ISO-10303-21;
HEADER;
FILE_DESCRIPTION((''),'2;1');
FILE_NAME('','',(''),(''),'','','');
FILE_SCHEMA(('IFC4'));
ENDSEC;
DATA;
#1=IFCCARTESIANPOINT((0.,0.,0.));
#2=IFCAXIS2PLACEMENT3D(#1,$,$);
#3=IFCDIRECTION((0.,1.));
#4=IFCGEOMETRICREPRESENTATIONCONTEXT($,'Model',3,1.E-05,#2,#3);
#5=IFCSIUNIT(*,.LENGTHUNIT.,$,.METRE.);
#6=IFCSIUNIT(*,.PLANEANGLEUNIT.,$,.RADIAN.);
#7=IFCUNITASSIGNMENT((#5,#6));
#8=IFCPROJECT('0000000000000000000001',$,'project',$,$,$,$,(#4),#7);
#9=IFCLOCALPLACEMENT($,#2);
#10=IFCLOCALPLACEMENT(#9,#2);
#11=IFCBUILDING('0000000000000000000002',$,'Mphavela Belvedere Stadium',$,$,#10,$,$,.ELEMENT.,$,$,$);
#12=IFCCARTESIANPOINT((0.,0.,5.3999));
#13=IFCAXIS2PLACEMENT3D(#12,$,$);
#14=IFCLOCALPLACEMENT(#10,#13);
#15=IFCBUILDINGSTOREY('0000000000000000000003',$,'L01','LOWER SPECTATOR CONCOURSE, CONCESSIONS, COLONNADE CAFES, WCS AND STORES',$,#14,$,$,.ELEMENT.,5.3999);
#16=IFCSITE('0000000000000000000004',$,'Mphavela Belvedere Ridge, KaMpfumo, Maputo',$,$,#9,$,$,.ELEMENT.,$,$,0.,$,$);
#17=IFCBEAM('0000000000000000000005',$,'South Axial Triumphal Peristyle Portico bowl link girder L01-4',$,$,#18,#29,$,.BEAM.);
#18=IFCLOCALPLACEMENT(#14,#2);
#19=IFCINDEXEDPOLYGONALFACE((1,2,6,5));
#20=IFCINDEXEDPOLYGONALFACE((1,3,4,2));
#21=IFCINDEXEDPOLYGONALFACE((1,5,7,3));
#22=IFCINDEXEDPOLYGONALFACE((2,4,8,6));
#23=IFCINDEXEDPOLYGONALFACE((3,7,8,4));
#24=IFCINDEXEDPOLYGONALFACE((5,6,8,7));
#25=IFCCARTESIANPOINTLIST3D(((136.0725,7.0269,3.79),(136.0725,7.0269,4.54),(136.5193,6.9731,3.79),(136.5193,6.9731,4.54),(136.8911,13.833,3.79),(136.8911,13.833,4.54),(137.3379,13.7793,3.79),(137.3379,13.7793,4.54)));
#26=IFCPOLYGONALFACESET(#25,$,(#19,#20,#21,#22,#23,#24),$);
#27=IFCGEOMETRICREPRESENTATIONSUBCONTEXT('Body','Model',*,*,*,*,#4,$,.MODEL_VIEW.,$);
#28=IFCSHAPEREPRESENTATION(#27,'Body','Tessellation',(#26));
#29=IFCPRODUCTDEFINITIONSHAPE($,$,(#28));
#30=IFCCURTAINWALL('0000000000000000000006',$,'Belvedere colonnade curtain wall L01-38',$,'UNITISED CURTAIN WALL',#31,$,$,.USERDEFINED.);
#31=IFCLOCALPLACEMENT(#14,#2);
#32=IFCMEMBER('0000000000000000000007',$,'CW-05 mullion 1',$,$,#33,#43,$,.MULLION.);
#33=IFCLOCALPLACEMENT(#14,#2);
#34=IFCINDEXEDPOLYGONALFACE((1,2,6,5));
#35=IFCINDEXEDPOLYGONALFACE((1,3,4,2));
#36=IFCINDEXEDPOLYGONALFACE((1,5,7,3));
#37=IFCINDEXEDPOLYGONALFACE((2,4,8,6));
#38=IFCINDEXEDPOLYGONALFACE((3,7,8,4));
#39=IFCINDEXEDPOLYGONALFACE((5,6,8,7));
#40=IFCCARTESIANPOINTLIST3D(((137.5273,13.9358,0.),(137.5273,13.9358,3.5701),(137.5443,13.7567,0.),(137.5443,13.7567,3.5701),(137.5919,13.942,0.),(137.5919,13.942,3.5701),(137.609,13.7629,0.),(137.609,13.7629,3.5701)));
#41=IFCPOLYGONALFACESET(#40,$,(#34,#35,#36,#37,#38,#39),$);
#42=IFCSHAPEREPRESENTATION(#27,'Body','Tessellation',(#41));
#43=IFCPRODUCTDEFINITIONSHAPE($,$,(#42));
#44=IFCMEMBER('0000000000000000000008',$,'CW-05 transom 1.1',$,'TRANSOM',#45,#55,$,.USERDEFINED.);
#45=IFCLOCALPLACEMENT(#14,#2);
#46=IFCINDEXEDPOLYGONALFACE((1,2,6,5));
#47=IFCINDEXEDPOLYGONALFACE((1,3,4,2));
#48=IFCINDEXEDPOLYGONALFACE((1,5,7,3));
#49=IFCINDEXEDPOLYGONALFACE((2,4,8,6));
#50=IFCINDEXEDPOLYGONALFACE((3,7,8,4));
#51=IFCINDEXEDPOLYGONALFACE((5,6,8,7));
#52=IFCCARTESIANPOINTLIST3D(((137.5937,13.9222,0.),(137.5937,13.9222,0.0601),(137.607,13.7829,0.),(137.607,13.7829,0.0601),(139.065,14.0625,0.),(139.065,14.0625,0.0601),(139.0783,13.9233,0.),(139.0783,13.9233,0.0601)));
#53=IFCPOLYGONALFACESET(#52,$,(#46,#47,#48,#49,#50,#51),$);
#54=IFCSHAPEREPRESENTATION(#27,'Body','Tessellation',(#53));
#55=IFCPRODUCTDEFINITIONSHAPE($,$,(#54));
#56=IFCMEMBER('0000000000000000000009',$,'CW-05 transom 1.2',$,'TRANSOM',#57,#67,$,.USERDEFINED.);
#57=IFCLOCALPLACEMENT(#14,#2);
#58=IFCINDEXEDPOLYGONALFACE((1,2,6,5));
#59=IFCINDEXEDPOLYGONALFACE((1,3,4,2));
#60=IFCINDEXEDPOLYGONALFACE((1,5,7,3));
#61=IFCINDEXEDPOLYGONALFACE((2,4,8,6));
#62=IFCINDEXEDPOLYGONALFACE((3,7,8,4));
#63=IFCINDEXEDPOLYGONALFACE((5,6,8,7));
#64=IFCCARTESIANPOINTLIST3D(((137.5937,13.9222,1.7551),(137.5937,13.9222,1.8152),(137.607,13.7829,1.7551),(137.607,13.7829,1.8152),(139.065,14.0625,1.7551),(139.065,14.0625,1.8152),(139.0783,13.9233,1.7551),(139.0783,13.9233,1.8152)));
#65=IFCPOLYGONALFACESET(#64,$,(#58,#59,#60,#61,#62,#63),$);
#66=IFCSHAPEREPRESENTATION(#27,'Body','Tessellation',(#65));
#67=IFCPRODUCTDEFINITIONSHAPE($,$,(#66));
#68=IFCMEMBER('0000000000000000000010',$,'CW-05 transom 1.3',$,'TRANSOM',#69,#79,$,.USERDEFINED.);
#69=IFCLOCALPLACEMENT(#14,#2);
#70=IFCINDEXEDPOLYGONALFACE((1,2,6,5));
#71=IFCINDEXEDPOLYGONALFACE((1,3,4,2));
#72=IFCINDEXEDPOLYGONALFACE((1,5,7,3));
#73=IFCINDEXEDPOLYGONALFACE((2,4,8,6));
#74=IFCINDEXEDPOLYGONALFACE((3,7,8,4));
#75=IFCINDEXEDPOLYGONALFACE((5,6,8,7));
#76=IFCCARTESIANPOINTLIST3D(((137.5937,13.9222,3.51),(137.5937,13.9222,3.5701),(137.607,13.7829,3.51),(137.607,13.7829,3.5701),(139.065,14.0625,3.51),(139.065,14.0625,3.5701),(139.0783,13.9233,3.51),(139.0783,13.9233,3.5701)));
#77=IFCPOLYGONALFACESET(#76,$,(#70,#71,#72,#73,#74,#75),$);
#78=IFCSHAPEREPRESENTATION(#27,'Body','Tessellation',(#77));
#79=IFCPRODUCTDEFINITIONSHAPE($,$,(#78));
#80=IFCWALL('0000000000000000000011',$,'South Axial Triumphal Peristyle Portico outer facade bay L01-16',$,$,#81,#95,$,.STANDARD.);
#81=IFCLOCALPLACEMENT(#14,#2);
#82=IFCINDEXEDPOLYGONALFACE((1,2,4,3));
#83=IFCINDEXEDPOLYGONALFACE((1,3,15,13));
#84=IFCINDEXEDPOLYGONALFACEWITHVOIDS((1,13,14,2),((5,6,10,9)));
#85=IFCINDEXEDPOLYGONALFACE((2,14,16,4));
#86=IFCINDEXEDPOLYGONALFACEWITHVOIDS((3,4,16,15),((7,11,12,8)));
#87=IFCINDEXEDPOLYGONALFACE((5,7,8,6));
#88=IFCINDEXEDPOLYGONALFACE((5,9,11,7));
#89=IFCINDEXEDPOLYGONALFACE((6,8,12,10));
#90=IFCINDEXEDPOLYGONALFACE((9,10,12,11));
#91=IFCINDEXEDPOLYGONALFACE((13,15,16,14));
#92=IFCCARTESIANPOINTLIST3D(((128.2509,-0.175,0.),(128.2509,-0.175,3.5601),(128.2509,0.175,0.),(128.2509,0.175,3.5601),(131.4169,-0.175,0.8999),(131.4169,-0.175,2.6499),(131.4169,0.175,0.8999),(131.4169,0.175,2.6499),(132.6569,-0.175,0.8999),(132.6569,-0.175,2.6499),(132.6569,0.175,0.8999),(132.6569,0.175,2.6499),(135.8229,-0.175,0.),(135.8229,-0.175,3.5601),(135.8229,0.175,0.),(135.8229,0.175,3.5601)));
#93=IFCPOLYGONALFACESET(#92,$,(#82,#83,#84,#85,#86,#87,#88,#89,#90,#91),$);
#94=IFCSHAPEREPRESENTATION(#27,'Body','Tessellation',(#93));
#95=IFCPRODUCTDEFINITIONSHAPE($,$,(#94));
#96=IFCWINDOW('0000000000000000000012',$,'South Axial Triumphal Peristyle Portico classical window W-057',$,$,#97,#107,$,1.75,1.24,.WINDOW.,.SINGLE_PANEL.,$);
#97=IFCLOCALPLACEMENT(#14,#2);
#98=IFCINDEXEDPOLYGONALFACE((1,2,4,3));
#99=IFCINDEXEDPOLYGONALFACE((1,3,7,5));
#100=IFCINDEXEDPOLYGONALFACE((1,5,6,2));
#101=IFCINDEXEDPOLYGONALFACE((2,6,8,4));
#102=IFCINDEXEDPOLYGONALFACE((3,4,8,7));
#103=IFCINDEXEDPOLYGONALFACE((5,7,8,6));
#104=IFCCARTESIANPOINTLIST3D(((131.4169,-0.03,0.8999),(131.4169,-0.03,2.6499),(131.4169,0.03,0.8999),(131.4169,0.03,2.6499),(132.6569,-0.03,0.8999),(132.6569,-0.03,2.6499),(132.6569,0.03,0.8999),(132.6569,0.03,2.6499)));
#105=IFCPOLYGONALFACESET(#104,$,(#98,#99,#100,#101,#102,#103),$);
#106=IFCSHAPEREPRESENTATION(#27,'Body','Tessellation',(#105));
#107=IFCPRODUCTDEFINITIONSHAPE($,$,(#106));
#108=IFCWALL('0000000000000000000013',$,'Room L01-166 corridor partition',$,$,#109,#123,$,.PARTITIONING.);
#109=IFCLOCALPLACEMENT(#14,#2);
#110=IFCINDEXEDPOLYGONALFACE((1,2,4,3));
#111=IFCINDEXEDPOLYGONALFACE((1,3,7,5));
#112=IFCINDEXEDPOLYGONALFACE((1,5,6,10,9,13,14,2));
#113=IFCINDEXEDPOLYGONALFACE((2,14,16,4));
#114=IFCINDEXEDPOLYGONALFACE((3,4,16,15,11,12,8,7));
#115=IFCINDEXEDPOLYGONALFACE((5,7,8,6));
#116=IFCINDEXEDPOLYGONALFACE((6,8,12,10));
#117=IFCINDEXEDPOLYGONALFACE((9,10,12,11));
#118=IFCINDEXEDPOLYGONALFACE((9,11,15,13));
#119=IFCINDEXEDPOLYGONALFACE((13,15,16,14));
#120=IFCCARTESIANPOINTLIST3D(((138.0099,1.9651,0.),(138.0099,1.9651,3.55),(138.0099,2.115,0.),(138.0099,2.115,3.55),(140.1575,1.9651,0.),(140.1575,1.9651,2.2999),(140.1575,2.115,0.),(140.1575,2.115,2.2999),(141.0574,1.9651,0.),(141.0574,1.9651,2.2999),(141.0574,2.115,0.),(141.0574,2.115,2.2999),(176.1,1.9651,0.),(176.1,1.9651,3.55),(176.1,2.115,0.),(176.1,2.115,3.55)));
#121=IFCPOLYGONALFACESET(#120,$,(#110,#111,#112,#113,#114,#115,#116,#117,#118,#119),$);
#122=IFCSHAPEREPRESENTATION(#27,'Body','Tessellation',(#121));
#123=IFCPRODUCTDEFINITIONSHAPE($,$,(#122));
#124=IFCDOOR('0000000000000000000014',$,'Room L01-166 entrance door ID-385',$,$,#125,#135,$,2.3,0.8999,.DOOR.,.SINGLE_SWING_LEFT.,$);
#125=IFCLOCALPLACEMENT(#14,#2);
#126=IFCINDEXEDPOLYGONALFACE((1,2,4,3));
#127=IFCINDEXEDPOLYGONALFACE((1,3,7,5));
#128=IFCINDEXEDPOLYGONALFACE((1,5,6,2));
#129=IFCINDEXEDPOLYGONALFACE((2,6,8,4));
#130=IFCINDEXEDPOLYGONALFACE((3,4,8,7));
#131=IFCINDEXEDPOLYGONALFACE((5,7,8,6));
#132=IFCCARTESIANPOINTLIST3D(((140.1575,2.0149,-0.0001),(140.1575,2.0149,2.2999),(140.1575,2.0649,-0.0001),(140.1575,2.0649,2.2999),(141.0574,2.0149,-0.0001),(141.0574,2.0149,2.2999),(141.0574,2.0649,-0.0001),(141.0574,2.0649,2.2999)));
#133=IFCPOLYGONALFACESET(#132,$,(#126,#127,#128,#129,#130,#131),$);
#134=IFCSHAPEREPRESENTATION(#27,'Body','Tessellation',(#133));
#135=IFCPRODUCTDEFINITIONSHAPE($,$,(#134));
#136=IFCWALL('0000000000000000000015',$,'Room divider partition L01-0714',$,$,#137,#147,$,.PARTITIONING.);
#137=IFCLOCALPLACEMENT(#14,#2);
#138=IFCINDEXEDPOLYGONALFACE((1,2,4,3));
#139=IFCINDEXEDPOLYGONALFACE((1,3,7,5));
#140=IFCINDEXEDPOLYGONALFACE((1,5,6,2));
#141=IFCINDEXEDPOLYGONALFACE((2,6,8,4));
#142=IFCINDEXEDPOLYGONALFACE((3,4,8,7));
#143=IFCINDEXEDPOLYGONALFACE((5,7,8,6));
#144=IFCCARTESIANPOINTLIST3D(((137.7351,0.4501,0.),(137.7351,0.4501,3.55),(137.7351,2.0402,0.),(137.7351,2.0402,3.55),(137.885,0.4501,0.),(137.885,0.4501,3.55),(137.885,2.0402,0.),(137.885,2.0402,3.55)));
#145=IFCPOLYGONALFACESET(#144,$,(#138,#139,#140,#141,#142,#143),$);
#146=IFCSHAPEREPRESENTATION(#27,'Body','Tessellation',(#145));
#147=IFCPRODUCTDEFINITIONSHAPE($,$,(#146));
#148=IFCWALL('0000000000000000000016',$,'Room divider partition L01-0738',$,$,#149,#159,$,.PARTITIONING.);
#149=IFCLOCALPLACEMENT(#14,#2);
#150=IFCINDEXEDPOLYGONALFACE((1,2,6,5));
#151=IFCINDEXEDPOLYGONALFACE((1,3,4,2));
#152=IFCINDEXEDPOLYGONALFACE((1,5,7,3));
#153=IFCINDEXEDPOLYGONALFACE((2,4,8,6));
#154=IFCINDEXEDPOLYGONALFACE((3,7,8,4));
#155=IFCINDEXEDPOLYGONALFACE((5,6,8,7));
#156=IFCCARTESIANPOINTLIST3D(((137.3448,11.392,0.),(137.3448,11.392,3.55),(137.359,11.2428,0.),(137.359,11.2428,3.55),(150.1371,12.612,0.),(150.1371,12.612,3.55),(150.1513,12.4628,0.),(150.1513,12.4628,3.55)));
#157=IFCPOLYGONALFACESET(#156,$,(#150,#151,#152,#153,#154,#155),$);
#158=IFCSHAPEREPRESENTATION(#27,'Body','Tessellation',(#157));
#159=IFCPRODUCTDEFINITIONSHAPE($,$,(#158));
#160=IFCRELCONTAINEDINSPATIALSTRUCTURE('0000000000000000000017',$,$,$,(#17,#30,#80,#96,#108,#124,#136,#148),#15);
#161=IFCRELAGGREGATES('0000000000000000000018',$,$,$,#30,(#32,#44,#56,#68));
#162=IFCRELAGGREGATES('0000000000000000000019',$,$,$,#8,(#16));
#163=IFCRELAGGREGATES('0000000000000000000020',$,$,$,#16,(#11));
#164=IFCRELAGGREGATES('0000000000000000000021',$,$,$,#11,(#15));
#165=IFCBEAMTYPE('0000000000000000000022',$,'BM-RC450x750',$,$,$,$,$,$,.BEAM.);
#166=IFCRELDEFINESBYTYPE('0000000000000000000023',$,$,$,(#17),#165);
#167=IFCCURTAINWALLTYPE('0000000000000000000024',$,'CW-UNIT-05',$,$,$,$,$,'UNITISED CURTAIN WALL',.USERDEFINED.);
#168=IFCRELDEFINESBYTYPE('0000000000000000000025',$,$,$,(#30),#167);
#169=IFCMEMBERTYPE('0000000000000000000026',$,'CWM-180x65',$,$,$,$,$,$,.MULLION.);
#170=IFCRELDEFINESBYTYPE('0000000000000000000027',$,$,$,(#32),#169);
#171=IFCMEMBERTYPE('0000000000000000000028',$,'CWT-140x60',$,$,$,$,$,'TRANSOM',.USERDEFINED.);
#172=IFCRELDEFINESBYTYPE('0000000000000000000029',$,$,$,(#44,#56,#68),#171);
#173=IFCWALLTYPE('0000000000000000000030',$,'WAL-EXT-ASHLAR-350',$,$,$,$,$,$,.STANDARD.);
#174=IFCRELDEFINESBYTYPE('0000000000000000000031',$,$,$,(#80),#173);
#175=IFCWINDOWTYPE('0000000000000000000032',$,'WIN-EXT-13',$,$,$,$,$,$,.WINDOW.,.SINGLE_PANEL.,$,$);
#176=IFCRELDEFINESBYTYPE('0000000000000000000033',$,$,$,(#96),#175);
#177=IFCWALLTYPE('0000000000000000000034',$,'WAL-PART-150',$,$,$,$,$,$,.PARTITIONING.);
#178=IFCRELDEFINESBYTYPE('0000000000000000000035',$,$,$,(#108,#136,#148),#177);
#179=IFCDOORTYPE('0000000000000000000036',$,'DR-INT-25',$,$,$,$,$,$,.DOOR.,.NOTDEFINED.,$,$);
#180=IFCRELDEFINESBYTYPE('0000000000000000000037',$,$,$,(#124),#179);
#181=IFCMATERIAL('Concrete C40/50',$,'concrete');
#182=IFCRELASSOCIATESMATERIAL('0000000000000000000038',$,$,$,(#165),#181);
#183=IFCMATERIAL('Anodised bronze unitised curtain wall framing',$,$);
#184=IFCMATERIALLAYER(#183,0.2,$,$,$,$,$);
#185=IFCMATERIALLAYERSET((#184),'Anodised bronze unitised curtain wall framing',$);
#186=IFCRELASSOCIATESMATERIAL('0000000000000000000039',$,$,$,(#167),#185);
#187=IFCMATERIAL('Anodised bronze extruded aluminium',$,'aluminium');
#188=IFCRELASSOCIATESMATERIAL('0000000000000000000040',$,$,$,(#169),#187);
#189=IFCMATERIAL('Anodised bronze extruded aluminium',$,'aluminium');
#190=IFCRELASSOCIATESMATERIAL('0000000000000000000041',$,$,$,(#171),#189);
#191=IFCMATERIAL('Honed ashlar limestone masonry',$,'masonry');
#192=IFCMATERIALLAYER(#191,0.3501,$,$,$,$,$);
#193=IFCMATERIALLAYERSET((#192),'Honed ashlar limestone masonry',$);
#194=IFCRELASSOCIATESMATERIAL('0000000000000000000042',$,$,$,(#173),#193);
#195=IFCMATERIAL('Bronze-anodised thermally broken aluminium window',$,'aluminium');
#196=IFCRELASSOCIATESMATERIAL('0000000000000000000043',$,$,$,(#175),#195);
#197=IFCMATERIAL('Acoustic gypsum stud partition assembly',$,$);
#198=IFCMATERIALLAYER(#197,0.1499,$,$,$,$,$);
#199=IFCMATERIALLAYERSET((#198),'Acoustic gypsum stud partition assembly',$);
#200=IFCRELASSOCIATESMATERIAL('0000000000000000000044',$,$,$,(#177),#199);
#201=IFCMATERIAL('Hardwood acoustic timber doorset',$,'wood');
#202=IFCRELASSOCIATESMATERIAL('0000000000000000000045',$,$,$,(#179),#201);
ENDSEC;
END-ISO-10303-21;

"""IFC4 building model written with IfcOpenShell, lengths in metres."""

from ifc_helpers import new_model, si_unit, direction, frame, frame_2d, origin, origin_2d, place, context, subcontext, project, spatial, rectangle, extrude, material, layer, layer_set, material_profile, profile_set, type_object, element, fill, aggregate, save


model = new_model("IFC4")

# Units and contexts
model_context = context("Model", 3, precision=1e-05, world=origin(), true_north=direction((0.0, 1.0)))
body_context = subcontext(model_context, "Body", "Model", "MODEL_VIEW")
ifc_project = project(units=[si_unit("LENGTHUNIT", "METRE"), si_unit("PLANEANGLEUNIT", "RADIAN")], contexts=[model_context])

# Site, building, storey
site_placement = place(None, origin())
site = spatial("IfcSite", under=ifc_project, at=site_placement, Name="Mphavela Belvedere Ridge, KaMpfumo, Maputo", CompositionType="ELEMENT", RefElevation=0.0)
building_placement = place(site_placement, origin())
building = spatial("IfcBuilding", under=site, at=building_placement, Name="Mphavela Belvedere Stadium", CompositionType="ELEMENT")
storey_placement = place(building_placement, frame((0.0, 0.0, 5.3999)))
storey = spatial("IfcBuildingStorey", under=building, at=storey_placement, Name="L01", Description="LOWER SPECTATOR CONCOURSE, CONCESSIONS, COLONNADE CAFES, WCS AND STORES", CompositionType="ELEMENT", Elevation=5.3999)

# Beam
ifc_material_1 = material(Name="Concrete C40/50", Category="concrete")
ifc_material_profile_1 = material_profile(ifc_material_1, rectangle(XDim=0.45, YDim=0.75, at=origin_2d()), Name="RC 450x750")
ifc_profile_set_1 = profile_set([ifc_material_profile_1], Name="Concrete C40/50")
beam_type_1 = type_object("IfcBeamType", Name="BM-RC450x750", PredefinedType="BEAM", material=ifc_profile_set_1)
beam_1_placement = place(storey_placement, frame((136.2959, 7.0, 4.165), z_axis=(0.119413, 0.992845, 0.0), x_axis=(-0.992845, 0.119413, 0.0)))
element("IfcBeam", 1, at=beam_1_placement, inside=storey, type_object=beam_type_1, Name="South Axial Triumphal Peristyle Portico bowl link girder L01-4", PredefinedType="BEAM", context=body_context, shape_type="SweptSolid", body=[
    extrude(rectangle(XDim=0.45, YDim=0.75, at=origin_2d()), origin(), (0.0, 0.0, 1.0), 6.8552),
])

# Curtain wall, members
ifc_material_2 = material(Name="Anodised bronze unitised curtain wall framing")
ifc_layer_1 = layer(ifc_material_2, 0.2)
ifc_layer_set_1 = layer_set([ifc_layer_1], Name="Anodised bronze unitised curtain wall framing")
curtain_wall_type = type_object("IfcCurtainWallType", Name="CW-UNIT-05", ElementType="UNITISED CURTAIN WALL", PredefinedType="USERDEFINED", material=ifc_layer_set_1)
curtain_wall_placement = place(storey_placement, origin())
curtain_wall = element("IfcCurtainWall", 2, at=curtain_wall_placement, inside=storey, type_object=curtain_wall_type, Name="Belvedere colonnade curtain wall L01-38", ObjectType="UNITISED CURTAIN WALL", PredefinedType="USERDEFINED")
ifc_material_3 = material(Name="Anodised bronze extruded aluminium", Category="aluminium")
ifc_material_profile_2 = material_profile(ifc_material_3, rectangle(XDim=0.1799, YDim=0.0649, at=origin_2d()), Name="CW-MUL 180x65")
ifc_profile_set_2 = profile_set([ifc_material_profile_2], Name="Anodised bronze extruded aluminium")
member_type_1 = type_object("IfcMemberType", Name="CWM-180x65", PredefinedType="MULLION", material=ifc_profile_set_2)
member_1_placement = place(storey_placement, frame((137.5681, 13.8494, 0.0), z_axis=(0.0, 0.0, 1.0), x_axis=(-0.094922, 0.995485, 0.0)))
member_1 = element("IfcMember", 3, at=member_1_placement, type_object=member_type_1, Name="CW-05 mullion 1", PredefinedType="MULLION", context=body_context, shape_type="SweptSolid", body=[
    extrude(rectangle(XDim=0.1799, YDim=0.0649, at=origin_2d()), origin(), (0.0, 0.0, 1.0), 3.5701),
])
ifc_material_4 = material(Name="Anodised bronze extruded aluminium", Category="aluminium")
ifc_material_profile_3 = material_profile(ifc_material_4, rectangle(XDim=0.1399, YDim=0.0601, at=origin_2d()), Name="CW-TRN 140x60")
ifc_profile_set_3 = profile_set([ifc_material_profile_3], Name="Anodised bronze extruded aluminium")
member_type_2 = type_object("IfcMemberType", Name="CWT-140x60", ElementType="TRANSOM", PredefinedType="USERDEFINED", material=ifc_profile_set_3)
member_2_placement = place(storey_placement, frame((137.6003, 13.8525, 0.03), z_axis=(0.99548, 0.094973, 0.0), x_axis=(-0.094973, 0.99548, 0.0)))
member_2 = element("IfcMember", 4, at=member_2_placement, type_object=member_type_2, Name="CW-05 transom 1.1", ObjectType="TRANSOM", PredefinedType="USERDEFINED", context=body_context, shape_type="SweptSolid", body=[
    extrude(rectangle(XDim=0.1399, YDim=0.0601, at=origin_2d()), origin(), (0.0, 0.0, 1.0), 1.478),
])
member_3_placement = place(storey_placement, frame((137.6003, 13.8525, 1.7852), z_axis=(0.99548, 0.094973, 0.0), x_axis=(-0.094973, 0.99548, 0.0)))
member_3 = element("IfcMember", 5, at=member_3_placement, type_object=member_type_2, Name="CW-05 transom 1.2", ObjectType="TRANSOM", PredefinedType="USERDEFINED", context=body_context, shape_type="SweptSolid", body=[
    extrude(rectangle(XDim=0.1399, YDim=0.0601, at=origin_2d()), origin(), (0.0, 0.0, 1.0), 1.478),
])
member_4_placement = place(storey_placement, frame((137.6003, 13.8525, 3.54), z_axis=(0.99548, 0.094973, 0.0), x_axis=(-0.094973, 0.99548, 0.0)))
member_4 = element("IfcMember", 6, at=member_4_placement, type_object=member_type_2, Name="CW-05 transom 1.3", ObjectType="TRANSOM", PredefinedType="USERDEFINED", context=body_context, shape_type="SweptSolid", body=[
    extrude(rectangle(XDim=0.1399, YDim=0.0601, at=origin_2d()), origin(), (0.0, 0.0, 1.0), 1.478),
])
aggregate(curtain_wall, [member_1, member_2, member_3, member_4])

# Wall, opening, window
ifc_material_5 = material(Name="Honed ashlar limestone masonry", Category="masonry")
ifc_layer_2 = layer(ifc_material_5, 0.3501)
ifc_layer_set_2 = layer_set([ifc_layer_2], Name="Honed ashlar limestone masonry")
wall_type_1 = type_object("IfcWallType", Name="WAL-EXT-ASHLAR-350", PredefinedType="STANDARD", material=ifc_layer_set_2)
wall_1_placement = place(storey_placement, frame((135.823, 0.0, 0.0), z_axis=(0.0, 0.0, 1.0), x_axis=(-1.0, 0.0, 0.0)))
wall_1 = element("IfcWall", 7, at=wall_1_placement, inside=storey, type_object=wall_type_1, Name="South Axial Triumphal Peristyle Portico outer facade bay L01-16", PredefinedType="STANDARD", context=body_context, shape_type="SweptSolid", body=[
    extrude(rectangle(XDim=7.572, YDim=0.3501, at=frame_2d((3.7861, 0.0))), origin(), (0.0, 0.0, 1.0), 3.5601),
])
opening_1_placement = place(wall_1_placement, frame((3.166, 0.0, 0.8999)))
opening_1 = element("IfcOpeningElement", 8, at=opening_1_placement, cuts=wall_1, PredefinedType="OPENING", context=body_context, shape_type="SweptSolid", body=[
    extrude(rectangle(XDim=1.24, YDim=1.75, at=frame_2d((0.6201, 0.875))), frame((0.0, 0.1851, 0.0), z_axis=(0.0, -1.0, 0.0), x_axis=(1.0, 0.0, 0.0)), (0.0, 0.0, 1.0), 0.3701),
])
ifc_material_6 = material(Name="Bronze-anodised thermally broken aluminium window", Category="aluminium")
window_type = type_object("IfcWindowType", Name="WIN-EXT-13", PartitioningType="SINGLE_PANEL", PredefinedType="WINDOW", material=ifc_material_6)
window_placement = place(opening_1_placement, origin())
window = element("IfcWindow", 9, at=window_placement, inside=storey, type_object=window_type, Name="South Axial Triumphal Peristyle Portico classical window W-057", OverallHeight=1.75, OverallWidth=1.24, PartitioningType="SINGLE_PANEL", PredefinedType="WINDOW", context=body_context, shape_type="SweptSolid", body=[
    extrude(rectangle(XDim=1.24, YDim=1.75, at=frame_2d((0.6201, 0.875))), frame((0.0, 0.03, 0.0), z_axis=(0.0, -1.0, 0.0), x_axis=(1.0, 0.0, 0.0)), (0.0, 0.0, 1.0), 0.0601),
])
fill(opening_1, window)

# Wall, opening, door
ifc_material_7 = material(Name="Acoustic gypsum stud partition assembly")
ifc_layer_3 = layer(ifc_material_7, 0.1499)
ifc_layer_set_3 = layer_set([ifc_layer_3], Name="Acoustic gypsum stud partition assembly")
wall_type_2 = type_object("IfcWallType", Name="WAL-PART-150", PredefinedType="PARTITIONING", material=ifc_layer_set_3)
wall_2_placement = place(storey_placement, frame((138.01, 2.04, 0.0), z_axis=(0.0, 0.0, 1.0), x_axis=(1.0, 0.0, 0.0)))
wall_2 = element("IfcWall", 10, at=wall_2_placement, inside=storey, type_object=wall_type_2, Name="Room L01-166 corridor partition", PredefinedType="PARTITIONING", context=body_context, shape_type="SweptSolid", body=[
    extrude(rectangle(XDim=38.0901, YDim=0.1499, at=frame_2d((19.0449, 0.0))), origin(), (0.0, 0.0, 1.0), 3.55),
])
opening_2_placement = place(wall_2_placement, frame((2.1475, 0.0, 0.0)))
opening_2 = element("IfcOpeningElement", 11, at=opening_2_placement, cuts=wall_2, PredefinedType="OPENING", context=body_context, shape_type="SweptSolid", body=[
    extrude(rectangle(XDim=0.8999, YDim=2.3, at=frame_2d((0.45, 1.1499))), frame((0.0, 0.085, 0.0), z_axis=(0.0, -1.0, 0.0), x_axis=(1.0, 0.0, 0.0)), (0.0, 0.0, 1.0), 0.1699),
])
ifc_material_8 = material(Name="Hardwood acoustic timber doorset", Category="wood")
door_type = type_object("IfcDoorType", Name="DR-INT-25", OperationType="NOTDEFINED", PredefinedType="DOOR", material=ifc_material_8)
door_placement = place(opening_2_placement, origin())
door = element("IfcDoor", 12, at=door_placement, inside=storey, type_object=door_type, Name="Room L01-166 entrance door ID-385", OperationType="SINGLE_SWING_LEFT", OverallHeight=2.3, OverallWidth=0.8999, PredefinedType="DOOR", context=body_context, shape_type="SweptSolid", body=[
    extrude(rectangle(XDim=0.8999, YDim=2.3, at=frame_2d((0.45, 1.1499))), frame((0.0, 0.0249, 0.0), z_axis=(0.0, -1.0, 0.0), x_axis=(1.0, 0.0, 0.0)), (0.0, 0.0, 1.0), 0.05),
])
fill(opening_2, door)

# Walls
wall_3_placement = place(storey_placement, frame((137.8101, 2.04, 0.0), z_axis=(0.0, 0.0, 1.0), x_axis=(0.0, -1.0, 0.0)))
element("IfcWall", 13, at=wall_3_placement, inside=storey, type_object=wall_type_2, Name="Room divider partition L01-0714", PredefinedType="PARTITIONING", context=body_context, shape_type="SweptSolid", body=[
    extrude(rectangle(XDim=1.5901, YDim=0.1499, at=frame_2d((0.7949, 0.0))), origin(), (0.0, 0.0, 1.0), 3.55),
])
wall_4_placement = place(storey_placement, frame((137.3518, 11.3174, 0.0), z_axis=(0.0, 0.0, 1.0), x_axis=(0.995483, 0.094937, 0.0)))
element("IfcWall", 14, at=wall_4_placement, inside=storey, type_object=wall_type_2, Name="Room divider partition L01-0738", PredefinedType="PARTITIONING", context=body_context, shape_type="SweptSolid", body=[
    extrude(rectangle(XDim=12.8503, YDim=0.1499, at=frame_2d((6.4253, 0.0))), origin(), (0.0, 0.0, 1.0), 3.55),
])

save(model, "model.ifc")
